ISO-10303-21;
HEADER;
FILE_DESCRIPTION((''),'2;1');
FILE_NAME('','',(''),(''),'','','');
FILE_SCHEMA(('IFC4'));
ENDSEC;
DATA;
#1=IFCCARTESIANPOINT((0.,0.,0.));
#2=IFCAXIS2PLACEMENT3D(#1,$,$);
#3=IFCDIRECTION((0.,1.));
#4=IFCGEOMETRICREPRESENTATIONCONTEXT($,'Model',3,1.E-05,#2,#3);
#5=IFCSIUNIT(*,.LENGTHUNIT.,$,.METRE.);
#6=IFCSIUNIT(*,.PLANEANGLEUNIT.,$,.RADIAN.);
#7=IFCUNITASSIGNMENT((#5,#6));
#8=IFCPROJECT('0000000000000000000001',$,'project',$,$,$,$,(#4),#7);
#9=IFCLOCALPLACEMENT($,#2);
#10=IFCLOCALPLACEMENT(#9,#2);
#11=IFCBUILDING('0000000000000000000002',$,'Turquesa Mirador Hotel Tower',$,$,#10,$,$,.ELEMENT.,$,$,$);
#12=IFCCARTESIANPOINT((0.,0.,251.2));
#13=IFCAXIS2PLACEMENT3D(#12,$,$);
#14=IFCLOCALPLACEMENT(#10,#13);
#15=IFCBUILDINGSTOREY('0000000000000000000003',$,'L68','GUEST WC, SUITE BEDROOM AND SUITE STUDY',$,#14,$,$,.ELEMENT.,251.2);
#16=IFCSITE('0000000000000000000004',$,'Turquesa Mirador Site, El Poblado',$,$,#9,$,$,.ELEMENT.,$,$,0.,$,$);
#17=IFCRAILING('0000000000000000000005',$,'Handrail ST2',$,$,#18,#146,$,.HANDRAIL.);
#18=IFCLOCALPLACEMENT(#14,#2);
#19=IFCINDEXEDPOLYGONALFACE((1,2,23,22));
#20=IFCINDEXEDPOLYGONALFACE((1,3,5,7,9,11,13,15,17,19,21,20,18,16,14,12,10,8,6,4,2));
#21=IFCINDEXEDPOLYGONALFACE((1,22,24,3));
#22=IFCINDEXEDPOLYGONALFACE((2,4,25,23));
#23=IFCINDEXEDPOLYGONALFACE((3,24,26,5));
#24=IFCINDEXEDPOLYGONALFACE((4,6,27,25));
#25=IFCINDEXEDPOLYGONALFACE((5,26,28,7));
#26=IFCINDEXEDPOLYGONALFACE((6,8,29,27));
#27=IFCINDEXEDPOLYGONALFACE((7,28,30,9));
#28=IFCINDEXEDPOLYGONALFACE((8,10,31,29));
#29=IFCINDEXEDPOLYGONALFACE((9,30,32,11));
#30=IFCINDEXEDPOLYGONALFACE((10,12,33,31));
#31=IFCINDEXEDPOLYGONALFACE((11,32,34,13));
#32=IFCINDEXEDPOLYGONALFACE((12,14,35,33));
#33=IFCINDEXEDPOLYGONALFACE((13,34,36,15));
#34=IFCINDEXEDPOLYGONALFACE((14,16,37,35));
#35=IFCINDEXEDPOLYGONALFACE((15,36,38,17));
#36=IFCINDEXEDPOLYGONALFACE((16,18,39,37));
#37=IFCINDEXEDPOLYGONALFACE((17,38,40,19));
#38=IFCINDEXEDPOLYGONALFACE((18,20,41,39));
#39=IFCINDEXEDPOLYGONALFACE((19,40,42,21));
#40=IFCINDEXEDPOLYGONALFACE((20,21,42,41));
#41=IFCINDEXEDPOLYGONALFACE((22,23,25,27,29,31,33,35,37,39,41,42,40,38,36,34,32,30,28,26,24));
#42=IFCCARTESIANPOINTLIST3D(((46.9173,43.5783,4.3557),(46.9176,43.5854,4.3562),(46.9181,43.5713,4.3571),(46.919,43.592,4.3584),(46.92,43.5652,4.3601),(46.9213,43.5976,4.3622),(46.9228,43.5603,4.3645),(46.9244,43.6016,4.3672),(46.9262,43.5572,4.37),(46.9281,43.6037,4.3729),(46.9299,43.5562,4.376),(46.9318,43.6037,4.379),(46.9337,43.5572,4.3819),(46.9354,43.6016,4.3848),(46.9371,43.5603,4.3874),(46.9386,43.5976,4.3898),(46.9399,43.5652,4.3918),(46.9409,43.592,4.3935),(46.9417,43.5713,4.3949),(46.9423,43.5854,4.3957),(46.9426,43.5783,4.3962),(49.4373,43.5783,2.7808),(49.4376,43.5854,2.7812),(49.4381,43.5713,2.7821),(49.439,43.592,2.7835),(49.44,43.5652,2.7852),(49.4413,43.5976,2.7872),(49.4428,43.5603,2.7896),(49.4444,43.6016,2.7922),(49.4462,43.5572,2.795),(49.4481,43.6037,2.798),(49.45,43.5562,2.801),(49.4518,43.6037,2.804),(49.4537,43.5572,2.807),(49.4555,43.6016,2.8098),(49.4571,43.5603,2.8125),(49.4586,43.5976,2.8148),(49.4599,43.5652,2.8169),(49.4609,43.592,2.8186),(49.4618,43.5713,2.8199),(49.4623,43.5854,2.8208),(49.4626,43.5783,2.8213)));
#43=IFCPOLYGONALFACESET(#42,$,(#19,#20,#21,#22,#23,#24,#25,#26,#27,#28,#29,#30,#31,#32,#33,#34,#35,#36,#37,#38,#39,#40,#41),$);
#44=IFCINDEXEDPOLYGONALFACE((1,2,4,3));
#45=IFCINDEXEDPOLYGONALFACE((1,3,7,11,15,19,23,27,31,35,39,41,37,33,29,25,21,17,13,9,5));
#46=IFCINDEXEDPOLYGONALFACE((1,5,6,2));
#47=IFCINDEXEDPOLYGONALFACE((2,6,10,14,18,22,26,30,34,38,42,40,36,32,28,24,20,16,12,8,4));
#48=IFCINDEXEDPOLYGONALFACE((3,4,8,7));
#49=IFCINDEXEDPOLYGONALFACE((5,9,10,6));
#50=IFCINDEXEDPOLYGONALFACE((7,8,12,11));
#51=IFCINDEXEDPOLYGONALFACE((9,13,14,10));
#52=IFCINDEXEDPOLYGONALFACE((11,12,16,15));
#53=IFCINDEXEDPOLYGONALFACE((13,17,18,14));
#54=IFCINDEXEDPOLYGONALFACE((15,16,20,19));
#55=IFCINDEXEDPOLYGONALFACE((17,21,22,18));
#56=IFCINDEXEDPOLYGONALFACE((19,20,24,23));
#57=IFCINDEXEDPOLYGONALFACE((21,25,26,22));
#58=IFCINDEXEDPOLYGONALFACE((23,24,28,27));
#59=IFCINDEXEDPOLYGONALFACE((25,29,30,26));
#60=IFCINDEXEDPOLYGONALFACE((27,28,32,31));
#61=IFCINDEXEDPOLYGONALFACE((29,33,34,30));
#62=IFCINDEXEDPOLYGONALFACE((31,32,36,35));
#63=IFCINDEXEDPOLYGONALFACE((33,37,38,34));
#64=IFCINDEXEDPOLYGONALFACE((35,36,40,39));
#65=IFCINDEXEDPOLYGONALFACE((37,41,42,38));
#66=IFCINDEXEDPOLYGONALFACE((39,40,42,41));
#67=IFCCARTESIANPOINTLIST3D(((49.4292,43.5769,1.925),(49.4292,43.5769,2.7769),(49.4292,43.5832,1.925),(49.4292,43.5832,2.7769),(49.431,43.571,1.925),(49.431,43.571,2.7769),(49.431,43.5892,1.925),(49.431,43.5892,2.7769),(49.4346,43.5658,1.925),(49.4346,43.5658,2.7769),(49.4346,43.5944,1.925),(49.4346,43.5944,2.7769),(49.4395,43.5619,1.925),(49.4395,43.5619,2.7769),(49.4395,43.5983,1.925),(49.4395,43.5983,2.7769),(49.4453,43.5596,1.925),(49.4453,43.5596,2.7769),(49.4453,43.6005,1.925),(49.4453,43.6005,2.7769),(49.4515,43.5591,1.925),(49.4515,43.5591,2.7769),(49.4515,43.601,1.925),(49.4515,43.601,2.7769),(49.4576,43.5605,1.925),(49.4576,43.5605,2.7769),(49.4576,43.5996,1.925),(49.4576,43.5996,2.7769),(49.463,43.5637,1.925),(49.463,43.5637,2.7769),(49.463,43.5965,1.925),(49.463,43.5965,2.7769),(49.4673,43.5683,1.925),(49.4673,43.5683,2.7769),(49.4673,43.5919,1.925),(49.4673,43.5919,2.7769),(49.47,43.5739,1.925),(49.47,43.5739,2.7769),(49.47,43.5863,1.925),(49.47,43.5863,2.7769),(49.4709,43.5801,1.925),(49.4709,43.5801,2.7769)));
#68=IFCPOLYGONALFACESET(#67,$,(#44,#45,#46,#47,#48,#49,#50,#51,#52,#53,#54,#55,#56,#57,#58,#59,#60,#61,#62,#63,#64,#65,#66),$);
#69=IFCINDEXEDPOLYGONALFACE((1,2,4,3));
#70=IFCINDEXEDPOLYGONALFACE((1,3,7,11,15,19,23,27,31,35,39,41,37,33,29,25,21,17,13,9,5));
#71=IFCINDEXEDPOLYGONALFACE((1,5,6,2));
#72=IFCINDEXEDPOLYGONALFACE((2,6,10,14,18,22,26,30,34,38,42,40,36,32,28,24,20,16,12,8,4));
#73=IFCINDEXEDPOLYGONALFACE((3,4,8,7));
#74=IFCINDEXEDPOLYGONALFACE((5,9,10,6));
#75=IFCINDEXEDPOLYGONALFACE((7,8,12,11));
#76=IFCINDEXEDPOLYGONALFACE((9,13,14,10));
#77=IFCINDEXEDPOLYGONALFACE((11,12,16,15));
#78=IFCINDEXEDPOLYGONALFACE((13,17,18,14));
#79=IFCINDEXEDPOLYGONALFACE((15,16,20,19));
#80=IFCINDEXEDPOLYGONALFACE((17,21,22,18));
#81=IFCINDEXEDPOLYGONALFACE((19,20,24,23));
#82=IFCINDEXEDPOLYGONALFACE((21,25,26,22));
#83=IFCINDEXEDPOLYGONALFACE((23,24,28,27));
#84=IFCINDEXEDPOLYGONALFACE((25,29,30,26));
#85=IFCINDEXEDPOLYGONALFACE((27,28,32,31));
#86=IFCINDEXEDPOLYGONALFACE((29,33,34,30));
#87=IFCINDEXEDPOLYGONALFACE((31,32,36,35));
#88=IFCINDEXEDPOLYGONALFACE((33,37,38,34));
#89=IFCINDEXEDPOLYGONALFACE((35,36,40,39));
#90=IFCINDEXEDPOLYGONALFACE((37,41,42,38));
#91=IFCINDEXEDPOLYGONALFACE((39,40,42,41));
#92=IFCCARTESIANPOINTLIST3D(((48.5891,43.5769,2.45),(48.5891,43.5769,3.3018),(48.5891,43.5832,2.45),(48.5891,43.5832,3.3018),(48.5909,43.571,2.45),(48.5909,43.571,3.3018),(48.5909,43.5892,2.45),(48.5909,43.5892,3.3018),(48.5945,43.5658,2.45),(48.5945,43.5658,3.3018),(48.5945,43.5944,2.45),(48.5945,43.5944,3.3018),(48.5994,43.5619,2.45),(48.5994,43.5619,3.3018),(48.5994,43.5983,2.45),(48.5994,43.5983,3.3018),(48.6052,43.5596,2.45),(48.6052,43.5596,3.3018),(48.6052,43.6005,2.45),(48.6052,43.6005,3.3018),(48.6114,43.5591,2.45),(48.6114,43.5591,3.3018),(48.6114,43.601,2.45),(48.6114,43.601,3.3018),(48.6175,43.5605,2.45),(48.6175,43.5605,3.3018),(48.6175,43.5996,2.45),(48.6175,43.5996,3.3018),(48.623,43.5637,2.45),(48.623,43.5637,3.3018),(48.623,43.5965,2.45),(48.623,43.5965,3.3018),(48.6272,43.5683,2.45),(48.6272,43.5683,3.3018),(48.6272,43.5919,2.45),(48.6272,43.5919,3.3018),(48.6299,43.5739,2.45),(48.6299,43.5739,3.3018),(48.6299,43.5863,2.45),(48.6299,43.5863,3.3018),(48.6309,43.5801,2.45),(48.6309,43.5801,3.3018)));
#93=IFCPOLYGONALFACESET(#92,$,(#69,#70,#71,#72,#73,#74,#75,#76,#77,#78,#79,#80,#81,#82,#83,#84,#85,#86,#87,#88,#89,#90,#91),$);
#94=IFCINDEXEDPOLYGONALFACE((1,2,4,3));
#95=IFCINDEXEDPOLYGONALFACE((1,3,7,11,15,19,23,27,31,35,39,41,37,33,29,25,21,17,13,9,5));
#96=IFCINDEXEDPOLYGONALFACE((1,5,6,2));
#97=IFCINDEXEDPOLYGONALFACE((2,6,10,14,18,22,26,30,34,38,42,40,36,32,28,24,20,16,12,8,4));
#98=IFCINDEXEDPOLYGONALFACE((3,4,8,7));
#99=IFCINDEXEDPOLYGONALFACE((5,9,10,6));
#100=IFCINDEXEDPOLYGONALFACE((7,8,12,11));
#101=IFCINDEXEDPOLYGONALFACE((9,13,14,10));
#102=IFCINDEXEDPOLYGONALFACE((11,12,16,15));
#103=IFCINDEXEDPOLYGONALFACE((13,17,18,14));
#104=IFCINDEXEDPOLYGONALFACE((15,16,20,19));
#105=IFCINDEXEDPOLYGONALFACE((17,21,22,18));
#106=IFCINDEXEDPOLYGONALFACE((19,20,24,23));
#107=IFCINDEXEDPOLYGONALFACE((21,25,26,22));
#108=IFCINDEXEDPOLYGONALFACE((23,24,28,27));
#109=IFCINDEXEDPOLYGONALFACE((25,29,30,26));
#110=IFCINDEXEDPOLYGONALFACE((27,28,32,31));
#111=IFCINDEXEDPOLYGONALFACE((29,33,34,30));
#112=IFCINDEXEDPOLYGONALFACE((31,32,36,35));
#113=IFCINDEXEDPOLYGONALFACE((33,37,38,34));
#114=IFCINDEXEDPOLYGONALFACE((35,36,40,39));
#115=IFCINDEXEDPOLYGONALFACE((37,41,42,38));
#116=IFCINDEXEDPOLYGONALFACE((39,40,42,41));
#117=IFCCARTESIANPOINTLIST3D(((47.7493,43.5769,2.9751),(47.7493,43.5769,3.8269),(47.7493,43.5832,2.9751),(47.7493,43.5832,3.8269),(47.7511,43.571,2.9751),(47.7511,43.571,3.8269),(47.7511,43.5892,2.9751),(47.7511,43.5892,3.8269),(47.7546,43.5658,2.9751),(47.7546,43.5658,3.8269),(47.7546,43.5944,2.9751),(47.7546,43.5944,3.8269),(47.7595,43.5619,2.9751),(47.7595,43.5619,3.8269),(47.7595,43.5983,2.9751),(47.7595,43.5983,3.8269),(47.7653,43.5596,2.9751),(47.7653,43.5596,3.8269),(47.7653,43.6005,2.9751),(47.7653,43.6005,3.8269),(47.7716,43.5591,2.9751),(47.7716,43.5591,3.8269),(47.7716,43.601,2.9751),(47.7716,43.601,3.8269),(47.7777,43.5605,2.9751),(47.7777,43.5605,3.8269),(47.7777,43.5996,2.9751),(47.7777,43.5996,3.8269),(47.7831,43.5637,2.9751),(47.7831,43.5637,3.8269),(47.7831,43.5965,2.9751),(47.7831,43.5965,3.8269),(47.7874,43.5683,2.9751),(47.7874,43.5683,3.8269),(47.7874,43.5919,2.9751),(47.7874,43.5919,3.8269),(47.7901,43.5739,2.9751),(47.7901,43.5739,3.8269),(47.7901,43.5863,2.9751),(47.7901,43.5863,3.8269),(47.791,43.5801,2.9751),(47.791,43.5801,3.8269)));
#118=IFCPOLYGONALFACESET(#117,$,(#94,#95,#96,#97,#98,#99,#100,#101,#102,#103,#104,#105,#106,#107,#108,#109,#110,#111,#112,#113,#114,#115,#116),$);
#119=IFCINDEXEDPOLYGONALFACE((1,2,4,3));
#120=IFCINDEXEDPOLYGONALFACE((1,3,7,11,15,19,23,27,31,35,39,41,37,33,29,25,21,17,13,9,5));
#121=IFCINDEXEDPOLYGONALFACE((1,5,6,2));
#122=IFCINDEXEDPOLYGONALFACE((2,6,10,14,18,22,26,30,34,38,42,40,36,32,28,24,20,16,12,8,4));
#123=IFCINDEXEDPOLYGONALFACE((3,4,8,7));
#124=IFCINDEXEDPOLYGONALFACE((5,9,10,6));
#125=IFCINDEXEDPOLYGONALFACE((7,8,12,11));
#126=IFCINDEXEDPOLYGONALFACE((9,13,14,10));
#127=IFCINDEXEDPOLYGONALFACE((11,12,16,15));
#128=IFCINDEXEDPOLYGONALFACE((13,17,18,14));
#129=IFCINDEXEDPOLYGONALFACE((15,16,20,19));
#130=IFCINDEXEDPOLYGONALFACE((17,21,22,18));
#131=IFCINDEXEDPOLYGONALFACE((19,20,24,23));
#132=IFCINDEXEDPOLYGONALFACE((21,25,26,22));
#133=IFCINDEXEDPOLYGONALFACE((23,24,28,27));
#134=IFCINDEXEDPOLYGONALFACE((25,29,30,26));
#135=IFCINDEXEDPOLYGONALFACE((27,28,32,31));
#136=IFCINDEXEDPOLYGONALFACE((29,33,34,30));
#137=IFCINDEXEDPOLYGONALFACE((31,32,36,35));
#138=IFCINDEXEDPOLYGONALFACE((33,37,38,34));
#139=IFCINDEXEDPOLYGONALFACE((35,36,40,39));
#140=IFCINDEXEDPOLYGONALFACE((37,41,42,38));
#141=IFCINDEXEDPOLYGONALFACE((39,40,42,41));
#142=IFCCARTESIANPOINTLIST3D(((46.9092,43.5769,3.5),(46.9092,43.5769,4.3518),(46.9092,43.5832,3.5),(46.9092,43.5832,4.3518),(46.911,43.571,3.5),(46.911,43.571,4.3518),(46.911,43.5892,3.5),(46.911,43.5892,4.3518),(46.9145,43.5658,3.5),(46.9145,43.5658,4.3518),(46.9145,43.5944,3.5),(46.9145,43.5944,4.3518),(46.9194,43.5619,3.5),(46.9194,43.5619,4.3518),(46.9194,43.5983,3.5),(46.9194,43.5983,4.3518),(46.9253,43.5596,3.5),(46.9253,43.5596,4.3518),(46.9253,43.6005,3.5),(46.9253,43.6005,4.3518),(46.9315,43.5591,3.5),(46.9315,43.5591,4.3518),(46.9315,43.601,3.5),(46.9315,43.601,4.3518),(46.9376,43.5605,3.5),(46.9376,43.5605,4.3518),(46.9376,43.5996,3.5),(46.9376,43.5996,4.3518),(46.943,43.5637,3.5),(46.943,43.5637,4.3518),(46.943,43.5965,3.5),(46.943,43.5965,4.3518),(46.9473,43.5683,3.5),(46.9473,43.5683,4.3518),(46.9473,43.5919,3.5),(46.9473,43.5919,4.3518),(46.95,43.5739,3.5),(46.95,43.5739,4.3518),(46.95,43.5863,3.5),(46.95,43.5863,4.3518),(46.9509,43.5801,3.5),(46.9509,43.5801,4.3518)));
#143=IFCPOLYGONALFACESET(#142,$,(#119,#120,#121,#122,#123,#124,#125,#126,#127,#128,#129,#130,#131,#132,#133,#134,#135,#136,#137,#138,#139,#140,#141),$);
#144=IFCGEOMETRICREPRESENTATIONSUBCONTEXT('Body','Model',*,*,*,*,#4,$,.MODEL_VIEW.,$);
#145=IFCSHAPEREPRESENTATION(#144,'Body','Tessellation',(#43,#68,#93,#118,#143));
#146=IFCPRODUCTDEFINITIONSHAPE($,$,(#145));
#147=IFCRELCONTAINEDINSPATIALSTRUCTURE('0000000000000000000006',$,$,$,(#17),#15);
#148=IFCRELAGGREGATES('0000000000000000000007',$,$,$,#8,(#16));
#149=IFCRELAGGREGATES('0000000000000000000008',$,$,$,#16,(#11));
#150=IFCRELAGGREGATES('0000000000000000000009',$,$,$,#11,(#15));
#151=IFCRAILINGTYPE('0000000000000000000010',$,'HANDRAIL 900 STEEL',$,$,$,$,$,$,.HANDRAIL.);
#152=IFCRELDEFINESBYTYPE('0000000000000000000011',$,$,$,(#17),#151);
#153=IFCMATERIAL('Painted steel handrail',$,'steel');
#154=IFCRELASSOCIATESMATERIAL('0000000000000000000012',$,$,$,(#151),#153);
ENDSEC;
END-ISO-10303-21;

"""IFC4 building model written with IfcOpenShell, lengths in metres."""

from ifc_helpers import new_model, si_unit, direction, frame, origin, origin_2d, place, context, subcontext, project, spatial, circle, extrude, material, type_object, element, save


model = new_model("IFC4")

# Units and contexts
model_context = context("Model", 3, precision=1e-05, world=origin(), true_north=direction((0.0, 1.0)))
body_context = subcontext(model_context, "Body", "Model", "MODEL_VIEW")
ifc_project = project(units=[si_unit("LENGTHUNIT", "METRE"), si_unit("PLANEANGLEUNIT", "RADIAN")], contexts=[model_context])

# Site, building, storey
site_placement = place(None, origin())
site = spatial("IfcSite", under=ifc_project, at=site_placement, Name="Turquesa Mirador Site, El Poblado", CompositionType="ELEMENT", RefElevation=0.0)
building_placement = place(site_placement, origin())
building = spatial("IfcBuilding", under=site, at=building_placement, Name="Turquesa Mirador Hotel Tower", CompositionType="ELEMENT")
storey_placement = place(building_placement, frame((0.0, 0.0, 251.2)))
storey = spatial("IfcBuildingStorey", under=building, at=storey_placement, Name="L68", Description="GUEST WC, SUITE BEDROOM AND SUITE STUDY", CompositionType="ELEMENT", Elevation=251.2)

# Railing
ifc_material_1 = material(Name="Painted steel handrail", Category="steel")
railing_type = type_object("IfcRailingType", Name="HANDRAIL 900 STEEL", PredefinedType="HANDRAIL", material=ifc_material_1)
railing_1_placement = place(storey_placement, frame((49.45, 43.5801, 1.925)))
element("IfcRailing", 1, at=railing_1_placement, inside=storey, type_object=railing_type, Name="Handrail ST2", PredefinedType="HANDRAIL", context=body_context, shape_type="SweptSolid", body=[
    extrude(circle(Radius=0.0239, at=origin_2d()), frame((0.0, 0.0, 0.876), z_axis=(-0.848008, 0.0, 0.529984), x_axis=(0.0, -1.0, 0.0)), (0.0, 0.0, 1.0), 2.9717),
    extrude(circle(Radius=0.021, at=origin_2d()), origin(), (0.0, 0.0, 1.0), 0.8518),
    extrude(circle(Radius=0.021, at=origin_2d()), frame((-0.8401, 0.0, 0.5249)), (0.0, 0.0, 1.0), 0.8518),
    extrude(circle(Radius=0.021, at=origin_2d()), frame((-1.6799, 0.0, 1.05)), (0.0, 0.0, 1.0), 0.8518),
    extrude(circle(Radius=0.021, at=origin_2d()), frame((-2.52, 0.0, 1.575)), (0.0, 0.0, 1.0), 0.8518),
])

save(model, "model.ifc")
